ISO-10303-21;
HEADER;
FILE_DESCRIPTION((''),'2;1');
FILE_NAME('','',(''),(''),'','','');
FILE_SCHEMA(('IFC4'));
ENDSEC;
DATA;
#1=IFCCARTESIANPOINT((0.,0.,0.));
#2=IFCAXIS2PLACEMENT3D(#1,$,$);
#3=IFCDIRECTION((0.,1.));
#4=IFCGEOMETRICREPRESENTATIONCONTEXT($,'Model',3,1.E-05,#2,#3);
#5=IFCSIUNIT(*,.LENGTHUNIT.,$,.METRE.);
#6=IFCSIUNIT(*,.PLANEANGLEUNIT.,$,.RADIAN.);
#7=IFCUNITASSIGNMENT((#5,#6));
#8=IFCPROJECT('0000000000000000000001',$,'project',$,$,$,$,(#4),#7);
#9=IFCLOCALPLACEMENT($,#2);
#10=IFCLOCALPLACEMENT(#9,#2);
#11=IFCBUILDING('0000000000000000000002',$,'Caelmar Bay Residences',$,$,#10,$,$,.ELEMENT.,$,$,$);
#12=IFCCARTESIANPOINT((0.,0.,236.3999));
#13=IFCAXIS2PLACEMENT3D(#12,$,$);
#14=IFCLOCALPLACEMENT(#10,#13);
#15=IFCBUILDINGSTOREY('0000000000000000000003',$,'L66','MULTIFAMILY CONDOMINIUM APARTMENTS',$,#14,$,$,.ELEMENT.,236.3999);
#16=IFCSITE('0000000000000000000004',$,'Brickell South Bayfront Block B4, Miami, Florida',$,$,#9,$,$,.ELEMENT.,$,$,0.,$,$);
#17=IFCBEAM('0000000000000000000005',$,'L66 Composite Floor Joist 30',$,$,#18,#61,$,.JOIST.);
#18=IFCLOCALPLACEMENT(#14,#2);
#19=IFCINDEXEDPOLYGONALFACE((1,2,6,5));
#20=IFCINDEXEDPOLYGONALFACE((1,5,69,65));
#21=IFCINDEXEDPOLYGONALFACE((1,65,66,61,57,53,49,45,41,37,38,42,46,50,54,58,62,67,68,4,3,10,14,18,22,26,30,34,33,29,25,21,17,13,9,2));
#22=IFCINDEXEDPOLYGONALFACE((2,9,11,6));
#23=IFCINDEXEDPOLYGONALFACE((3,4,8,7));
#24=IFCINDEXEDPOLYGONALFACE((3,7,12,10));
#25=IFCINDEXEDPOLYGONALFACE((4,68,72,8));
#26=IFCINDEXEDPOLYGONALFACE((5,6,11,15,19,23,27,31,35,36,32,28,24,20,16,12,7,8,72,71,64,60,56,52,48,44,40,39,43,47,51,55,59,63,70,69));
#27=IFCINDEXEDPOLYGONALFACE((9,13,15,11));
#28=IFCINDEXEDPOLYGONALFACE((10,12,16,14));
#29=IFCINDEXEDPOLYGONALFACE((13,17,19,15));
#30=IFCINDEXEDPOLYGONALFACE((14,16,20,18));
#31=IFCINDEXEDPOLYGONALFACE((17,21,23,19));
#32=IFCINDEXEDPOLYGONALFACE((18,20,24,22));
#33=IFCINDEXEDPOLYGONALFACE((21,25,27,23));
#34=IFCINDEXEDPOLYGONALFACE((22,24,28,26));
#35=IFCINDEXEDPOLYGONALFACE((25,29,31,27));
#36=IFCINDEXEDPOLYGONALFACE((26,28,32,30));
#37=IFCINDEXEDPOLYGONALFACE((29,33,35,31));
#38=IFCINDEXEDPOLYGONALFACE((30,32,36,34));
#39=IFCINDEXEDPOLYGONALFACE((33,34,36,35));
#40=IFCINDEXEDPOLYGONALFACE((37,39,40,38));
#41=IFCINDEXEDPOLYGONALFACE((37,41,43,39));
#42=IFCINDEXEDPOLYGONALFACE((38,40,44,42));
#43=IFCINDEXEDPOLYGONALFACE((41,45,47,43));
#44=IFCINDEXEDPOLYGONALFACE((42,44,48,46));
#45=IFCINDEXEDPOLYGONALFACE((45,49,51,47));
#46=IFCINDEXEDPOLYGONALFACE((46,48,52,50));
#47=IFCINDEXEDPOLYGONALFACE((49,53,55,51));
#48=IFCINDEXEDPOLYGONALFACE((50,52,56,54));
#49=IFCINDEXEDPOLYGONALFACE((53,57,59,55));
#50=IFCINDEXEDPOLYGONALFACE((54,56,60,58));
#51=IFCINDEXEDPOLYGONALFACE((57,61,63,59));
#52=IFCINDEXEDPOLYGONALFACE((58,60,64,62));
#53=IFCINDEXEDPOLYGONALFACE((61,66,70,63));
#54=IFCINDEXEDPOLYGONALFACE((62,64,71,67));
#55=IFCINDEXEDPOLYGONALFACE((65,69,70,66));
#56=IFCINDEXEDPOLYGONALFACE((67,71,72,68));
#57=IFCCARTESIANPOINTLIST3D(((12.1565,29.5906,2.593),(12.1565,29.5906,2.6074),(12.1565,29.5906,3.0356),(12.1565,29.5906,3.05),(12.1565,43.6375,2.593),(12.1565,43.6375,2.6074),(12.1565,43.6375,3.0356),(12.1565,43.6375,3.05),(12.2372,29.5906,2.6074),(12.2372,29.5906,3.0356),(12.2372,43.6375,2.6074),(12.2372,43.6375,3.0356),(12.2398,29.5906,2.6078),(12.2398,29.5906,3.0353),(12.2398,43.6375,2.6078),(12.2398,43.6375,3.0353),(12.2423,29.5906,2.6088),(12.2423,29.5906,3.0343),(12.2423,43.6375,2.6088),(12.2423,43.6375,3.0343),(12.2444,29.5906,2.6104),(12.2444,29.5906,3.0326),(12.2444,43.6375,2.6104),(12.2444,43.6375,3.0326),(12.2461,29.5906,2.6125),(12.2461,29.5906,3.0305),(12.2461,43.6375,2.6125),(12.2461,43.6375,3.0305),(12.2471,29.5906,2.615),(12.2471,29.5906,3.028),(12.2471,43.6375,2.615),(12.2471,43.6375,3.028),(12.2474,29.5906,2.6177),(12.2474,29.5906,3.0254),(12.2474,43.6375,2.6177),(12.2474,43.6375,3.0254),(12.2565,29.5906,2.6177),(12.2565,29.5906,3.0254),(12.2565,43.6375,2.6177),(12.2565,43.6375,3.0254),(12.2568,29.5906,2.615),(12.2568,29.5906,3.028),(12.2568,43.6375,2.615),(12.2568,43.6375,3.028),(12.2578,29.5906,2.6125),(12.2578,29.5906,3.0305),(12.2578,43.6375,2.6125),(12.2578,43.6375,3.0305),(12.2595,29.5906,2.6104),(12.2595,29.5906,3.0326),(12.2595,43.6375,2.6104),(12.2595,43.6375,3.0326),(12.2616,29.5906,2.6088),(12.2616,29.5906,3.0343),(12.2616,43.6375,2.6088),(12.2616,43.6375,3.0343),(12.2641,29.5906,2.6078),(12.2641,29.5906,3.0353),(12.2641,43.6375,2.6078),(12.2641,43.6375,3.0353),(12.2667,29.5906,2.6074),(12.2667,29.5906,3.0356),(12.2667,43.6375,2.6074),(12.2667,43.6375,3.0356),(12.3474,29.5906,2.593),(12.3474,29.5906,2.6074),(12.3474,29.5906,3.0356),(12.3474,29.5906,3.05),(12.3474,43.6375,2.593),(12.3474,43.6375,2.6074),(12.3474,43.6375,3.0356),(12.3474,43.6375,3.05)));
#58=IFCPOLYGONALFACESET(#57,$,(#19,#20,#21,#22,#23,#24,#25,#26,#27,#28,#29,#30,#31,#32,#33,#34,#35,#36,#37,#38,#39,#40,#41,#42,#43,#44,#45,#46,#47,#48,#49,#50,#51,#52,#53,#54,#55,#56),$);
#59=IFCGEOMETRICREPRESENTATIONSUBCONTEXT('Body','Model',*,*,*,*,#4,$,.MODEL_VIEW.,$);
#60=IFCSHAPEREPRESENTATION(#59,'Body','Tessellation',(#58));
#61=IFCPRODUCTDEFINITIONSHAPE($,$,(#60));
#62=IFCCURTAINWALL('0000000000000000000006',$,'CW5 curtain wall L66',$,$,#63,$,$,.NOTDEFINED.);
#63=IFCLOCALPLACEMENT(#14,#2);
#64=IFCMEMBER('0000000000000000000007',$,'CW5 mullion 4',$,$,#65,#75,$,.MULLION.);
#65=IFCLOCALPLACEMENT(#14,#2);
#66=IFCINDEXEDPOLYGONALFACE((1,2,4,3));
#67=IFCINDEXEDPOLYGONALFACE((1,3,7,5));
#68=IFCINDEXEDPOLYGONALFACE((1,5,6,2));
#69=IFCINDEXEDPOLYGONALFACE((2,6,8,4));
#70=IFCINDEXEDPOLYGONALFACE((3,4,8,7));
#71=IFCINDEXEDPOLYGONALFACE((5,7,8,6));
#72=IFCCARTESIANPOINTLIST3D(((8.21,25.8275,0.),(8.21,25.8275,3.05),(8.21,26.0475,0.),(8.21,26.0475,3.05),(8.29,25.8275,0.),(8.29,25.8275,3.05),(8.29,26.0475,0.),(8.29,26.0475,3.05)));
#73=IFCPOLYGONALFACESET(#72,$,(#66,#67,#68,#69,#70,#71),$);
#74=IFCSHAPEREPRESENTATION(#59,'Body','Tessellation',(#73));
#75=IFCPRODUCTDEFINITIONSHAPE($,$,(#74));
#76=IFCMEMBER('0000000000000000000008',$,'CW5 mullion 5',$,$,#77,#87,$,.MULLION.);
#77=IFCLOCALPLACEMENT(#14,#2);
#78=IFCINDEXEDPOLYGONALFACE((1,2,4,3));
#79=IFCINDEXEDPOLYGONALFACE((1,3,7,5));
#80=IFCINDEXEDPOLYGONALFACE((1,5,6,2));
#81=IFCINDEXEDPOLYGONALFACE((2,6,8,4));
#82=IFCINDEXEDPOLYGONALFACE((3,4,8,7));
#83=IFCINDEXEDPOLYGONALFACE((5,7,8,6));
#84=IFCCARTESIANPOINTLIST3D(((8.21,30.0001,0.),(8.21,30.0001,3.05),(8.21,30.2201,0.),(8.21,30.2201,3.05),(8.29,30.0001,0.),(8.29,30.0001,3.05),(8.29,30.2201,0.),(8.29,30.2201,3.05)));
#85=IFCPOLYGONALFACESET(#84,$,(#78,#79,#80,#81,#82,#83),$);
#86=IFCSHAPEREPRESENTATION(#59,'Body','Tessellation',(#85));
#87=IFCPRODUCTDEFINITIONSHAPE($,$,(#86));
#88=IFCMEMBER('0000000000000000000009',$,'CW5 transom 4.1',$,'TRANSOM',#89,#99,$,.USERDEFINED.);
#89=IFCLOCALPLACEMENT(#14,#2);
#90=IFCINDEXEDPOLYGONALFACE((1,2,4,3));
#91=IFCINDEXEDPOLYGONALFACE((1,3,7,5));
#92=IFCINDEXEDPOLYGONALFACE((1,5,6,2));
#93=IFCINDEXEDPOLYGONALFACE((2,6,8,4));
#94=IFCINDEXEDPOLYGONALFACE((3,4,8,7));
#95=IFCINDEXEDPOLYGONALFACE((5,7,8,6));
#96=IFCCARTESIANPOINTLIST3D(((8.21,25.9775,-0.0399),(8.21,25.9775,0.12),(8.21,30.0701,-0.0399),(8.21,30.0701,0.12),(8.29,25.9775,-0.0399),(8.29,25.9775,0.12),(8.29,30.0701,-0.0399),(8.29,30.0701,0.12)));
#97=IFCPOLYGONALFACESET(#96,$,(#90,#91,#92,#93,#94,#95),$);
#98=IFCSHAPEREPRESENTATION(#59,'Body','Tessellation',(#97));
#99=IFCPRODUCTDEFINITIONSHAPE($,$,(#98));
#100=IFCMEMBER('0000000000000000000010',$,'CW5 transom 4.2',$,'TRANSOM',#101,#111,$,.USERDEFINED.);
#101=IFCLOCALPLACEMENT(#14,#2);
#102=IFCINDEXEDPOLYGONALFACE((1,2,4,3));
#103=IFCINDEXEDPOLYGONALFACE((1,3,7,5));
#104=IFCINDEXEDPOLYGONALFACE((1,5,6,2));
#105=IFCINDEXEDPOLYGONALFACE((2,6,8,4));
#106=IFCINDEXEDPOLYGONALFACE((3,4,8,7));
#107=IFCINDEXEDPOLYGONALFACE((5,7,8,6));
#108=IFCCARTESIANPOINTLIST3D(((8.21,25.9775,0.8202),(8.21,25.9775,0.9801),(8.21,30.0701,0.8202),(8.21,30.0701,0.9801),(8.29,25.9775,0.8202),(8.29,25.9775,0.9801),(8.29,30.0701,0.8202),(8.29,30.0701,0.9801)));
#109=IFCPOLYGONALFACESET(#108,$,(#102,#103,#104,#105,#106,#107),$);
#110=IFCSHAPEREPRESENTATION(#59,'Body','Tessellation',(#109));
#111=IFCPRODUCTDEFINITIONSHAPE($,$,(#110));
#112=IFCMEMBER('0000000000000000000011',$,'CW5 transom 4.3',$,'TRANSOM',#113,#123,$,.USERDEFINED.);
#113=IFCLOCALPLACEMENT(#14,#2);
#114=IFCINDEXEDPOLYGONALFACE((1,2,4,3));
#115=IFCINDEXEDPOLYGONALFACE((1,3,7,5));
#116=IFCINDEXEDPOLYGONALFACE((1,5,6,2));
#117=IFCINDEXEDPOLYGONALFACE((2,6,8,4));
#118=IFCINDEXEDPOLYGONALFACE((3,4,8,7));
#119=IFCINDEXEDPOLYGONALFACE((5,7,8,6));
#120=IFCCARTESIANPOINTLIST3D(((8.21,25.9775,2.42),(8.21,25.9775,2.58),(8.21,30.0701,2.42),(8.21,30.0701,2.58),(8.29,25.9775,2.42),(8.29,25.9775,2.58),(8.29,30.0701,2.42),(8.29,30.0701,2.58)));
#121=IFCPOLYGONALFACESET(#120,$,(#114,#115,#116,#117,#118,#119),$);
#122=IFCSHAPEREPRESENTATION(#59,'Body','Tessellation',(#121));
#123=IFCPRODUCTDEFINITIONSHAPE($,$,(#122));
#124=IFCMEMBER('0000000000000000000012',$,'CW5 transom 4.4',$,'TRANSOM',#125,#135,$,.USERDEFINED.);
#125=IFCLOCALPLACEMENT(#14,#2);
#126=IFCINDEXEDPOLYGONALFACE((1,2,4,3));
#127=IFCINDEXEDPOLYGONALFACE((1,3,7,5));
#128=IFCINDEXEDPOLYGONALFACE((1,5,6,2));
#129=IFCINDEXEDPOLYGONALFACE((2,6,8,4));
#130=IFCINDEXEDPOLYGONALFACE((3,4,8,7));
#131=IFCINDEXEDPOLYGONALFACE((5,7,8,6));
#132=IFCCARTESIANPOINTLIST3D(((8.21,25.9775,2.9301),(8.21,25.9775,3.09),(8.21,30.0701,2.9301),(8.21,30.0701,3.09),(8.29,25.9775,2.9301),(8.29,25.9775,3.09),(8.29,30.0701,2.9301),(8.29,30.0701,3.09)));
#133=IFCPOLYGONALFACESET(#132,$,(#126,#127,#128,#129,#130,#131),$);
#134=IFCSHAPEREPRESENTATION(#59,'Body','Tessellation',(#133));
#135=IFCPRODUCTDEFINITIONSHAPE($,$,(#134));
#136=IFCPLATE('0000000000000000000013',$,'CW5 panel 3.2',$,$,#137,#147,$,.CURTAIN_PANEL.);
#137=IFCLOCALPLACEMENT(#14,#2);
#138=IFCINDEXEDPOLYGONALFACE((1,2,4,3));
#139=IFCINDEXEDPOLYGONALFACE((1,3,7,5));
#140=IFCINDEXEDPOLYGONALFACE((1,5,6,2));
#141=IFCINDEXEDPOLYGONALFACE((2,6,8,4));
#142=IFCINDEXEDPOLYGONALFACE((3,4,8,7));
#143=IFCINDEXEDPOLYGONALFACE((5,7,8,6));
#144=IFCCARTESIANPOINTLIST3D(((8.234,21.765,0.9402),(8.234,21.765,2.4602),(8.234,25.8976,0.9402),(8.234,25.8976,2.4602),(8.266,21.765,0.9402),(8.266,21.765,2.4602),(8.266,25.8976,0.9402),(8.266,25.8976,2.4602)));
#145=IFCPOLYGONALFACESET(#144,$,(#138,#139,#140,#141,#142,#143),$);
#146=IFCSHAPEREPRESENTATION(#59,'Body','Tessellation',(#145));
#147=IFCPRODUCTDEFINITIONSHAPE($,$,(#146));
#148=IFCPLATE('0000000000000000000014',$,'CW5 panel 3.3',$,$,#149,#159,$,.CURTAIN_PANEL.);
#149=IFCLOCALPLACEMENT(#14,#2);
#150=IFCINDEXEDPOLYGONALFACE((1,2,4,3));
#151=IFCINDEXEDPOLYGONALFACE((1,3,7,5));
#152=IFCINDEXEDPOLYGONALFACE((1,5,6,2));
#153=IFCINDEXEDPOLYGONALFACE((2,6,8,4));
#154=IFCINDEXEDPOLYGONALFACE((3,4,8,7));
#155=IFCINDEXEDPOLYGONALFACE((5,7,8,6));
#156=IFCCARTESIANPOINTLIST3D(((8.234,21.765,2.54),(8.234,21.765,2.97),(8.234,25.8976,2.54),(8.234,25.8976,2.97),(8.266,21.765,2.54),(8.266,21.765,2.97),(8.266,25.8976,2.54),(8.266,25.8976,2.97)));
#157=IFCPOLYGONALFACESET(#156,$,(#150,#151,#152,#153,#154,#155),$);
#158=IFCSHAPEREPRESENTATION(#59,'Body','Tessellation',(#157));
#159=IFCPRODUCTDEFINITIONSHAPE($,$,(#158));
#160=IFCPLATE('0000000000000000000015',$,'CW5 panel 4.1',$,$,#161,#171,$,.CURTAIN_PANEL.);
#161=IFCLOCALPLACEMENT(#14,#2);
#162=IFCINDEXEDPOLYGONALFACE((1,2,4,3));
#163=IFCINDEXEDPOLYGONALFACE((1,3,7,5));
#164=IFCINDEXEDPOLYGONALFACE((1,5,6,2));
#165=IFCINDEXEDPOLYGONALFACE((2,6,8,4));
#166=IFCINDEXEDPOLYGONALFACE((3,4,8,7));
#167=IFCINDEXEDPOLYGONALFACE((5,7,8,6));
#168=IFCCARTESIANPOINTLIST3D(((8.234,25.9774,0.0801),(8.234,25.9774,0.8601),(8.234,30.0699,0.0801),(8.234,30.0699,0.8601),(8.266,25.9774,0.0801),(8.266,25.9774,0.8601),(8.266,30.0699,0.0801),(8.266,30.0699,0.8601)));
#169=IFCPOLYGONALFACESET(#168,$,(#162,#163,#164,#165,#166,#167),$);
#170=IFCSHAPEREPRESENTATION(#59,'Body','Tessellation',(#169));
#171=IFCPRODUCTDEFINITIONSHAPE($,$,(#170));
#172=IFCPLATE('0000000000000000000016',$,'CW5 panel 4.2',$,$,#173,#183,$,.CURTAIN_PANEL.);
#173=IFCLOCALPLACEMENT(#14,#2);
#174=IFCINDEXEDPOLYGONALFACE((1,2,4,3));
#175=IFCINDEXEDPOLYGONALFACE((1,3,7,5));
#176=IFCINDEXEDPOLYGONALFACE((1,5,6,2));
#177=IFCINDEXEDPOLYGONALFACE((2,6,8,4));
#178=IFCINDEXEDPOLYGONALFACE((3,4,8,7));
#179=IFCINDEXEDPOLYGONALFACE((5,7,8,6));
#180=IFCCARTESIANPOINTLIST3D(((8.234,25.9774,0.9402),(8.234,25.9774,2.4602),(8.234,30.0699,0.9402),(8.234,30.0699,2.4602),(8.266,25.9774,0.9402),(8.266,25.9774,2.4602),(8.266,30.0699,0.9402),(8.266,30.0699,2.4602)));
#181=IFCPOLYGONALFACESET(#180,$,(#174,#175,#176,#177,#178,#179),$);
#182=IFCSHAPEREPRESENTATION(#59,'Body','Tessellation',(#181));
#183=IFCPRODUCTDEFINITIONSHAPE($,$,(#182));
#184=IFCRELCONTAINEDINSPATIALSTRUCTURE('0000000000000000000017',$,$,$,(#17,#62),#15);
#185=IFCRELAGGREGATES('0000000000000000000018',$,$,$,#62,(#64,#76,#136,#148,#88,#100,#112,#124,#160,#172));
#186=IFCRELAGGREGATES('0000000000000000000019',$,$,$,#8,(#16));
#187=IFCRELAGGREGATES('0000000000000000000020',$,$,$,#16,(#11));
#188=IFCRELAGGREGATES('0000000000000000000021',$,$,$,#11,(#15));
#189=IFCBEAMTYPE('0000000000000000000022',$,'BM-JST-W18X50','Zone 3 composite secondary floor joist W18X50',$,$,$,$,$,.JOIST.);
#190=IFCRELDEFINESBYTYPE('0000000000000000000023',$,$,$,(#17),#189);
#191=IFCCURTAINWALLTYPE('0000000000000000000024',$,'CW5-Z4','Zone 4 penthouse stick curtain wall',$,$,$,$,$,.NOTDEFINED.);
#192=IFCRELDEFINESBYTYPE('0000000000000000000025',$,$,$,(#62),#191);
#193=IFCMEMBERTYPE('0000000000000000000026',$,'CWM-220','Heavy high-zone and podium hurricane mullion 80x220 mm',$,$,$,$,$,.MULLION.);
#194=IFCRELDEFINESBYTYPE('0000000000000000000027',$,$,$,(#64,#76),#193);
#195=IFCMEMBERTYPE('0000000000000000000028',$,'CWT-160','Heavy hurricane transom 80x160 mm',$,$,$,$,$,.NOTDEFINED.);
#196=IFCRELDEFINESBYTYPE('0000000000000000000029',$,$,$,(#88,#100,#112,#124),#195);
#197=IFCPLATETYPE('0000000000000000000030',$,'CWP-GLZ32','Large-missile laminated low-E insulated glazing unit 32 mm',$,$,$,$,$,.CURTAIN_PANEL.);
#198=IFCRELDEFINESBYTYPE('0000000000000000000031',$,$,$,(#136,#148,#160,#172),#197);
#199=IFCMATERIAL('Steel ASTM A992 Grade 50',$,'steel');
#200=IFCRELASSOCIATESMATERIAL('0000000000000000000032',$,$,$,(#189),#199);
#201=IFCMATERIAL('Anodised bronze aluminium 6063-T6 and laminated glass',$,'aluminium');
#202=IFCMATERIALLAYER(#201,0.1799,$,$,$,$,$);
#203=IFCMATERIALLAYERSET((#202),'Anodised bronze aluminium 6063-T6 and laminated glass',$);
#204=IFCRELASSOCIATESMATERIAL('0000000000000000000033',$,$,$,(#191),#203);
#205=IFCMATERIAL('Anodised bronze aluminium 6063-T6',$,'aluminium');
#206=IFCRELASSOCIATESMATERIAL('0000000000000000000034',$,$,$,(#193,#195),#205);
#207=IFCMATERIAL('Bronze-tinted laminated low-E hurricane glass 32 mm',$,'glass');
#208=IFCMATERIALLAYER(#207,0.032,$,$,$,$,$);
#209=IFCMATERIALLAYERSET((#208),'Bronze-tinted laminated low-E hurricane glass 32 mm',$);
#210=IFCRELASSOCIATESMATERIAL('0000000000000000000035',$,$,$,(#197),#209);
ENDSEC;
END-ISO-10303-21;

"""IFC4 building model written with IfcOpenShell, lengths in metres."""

from ifc_helpers import new_model, si_unit, direction, frame, origin, origin_2d, place, context, subcontext, project, spatial, rectangle, i_section, extrude, material, layer, layer_set, material_profile, profile_set, type_object, element, aggregate, save


model = new_model("IFC4")

# Units and contexts
model_context = context("Model", 3, precision=1e-05, world=origin(), true_north=direction((0.0, 1.0)))
body_context = subcontext(model_context, "Body", "Model", "MODEL_VIEW")
ifc_project = project(units=[si_unit("LENGTHUNIT", "METRE"), si_unit("PLANEANGLEUNIT", "RADIAN")], contexts=[model_context])

# Site, building, storey
site_placement = place(None, origin())
site = spatial("IfcSite", under=ifc_project, at=site_placement, Name="Brickell South Bayfront Block B4, Miami, Florida", CompositionType="ELEMENT", RefElevation=0.0)
building_placement = place(site_placement, origin())
building = spatial("IfcBuilding", under=site, at=building_placement, Name="Caelmar Bay Residences", CompositionType="ELEMENT")
storey_placement = place(building_placement, frame((0.0, 0.0, 236.3999)))
storey = spatial("IfcBuildingStorey", under=building, at=storey_placement, Name="L66", Description="MULTIFAMILY CONDOMINIUM APARTMENTS", CompositionType="ELEMENT", Elevation=236.3999)

# Beam
ifc_material_1 = material(Name="Steel ASTM A992 Grade 50", Category="steel")
ifc_material_profile_1 = material_profile(ifc_material_1, i_section(OverallWidth=0.1909, OverallDepth=0.457, WebThickness=0.009, FlangeThickness=0.0144, FilletRadius=0.0103, at=origin_2d()), Name="W18X50")
ifc_profile_set_1 = profile_set([ifc_material_profile_1], Name="Steel ASTM A992 Grade 50")
beam_type_1 = type_object("IfcBeamType", Name="BM-JST-W18X50", Description="Zone 3 composite secondary floor joist W18X50", PredefinedType="JOIST", material=ifc_profile_set_1)
beam_1_placement = place(storey_placement, frame((12.252, 29.5906, 2.8215), z_axis=(0.0, 1.0, 0.0), x_axis=(-1.0, 0.0, 0.0)))
element("IfcBeam", 1, at=beam_1_placement, inside=storey, type_object=beam_type_1, Name="L66 Composite Floor Joist 30", PredefinedType="JOIST", context=body_context, shape_type="SweptSolid", body=[
    extrude(i_section(OverallWidth=0.1909, OverallDepth=0.457, WebThickness=0.009, FlangeThickness=0.0144, FilletRadius=0.0103, at=origin_2d()), origin(), (0.0, 0.0, 1.0), 14.0469),
])

# Curtain wall, members, plates
ifc_material_2 = material(Name="Anodised bronze aluminium 6063-T6 and laminated glass", Category="aluminium")
ifc_layer_1 = layer(ifc_material_2, 0.1799)
ifc_layer_set_1 = layer_set([ifc_layer_1], Name="Anodised bronze aluminium 6063-T6 and laminated glass")
curtain_wall_type = type_object("IfcCurtainWallType", Name="CW5-Z4", Description="Zone 4 penthouse stick curtain wall", PredefinedType="NOTDEFINED", material=ifc_layer_set_1)
curtain_wall_placement = place(storey_placement, origin())
curtain_wall = element("IfcCurtainWall", 2, at=curtain_wall_placement, inside=storey, type_object=curtain_wall_type, Name="CW5 curtain wall L66", PredefinedType="NOTDEFINED")
ifc_material_3 = material(Name="Anodised bronze aluminium 6063-T6", Category="aluminium")
ifc_material_profile_2 = material_profile(ifc_material_3, rectangle(XDim=0.0801, YDim=0.22, at=origin_2d()), Name="CWM-80X220")
ifc_profile_set_2 = profile_set([ifc_material_profile_2], Name="Anodised bronze aluminium 6063-T6")
member_type_1 = type_object("IfcMemberType", Name="CWM-220", Description="Heavy high-zone and podium hurricane mullion 80x220 mm", PredefinedType="MULLION", material=ifc_profile_set_2)
member_1_placement = place(storey_placement, frame((8.25, 25.9375, 0.0), z_axis=(0.0, 0.0, 1.0), x_axis=(-1.0, 0.0, 0.0)))
member_1 = element("IfcMember", 3, at=member_1_placement, type_object=member_type_1, Name="CW5 mullion 4", PredefinedType="MULLION", context=body_context, shape_type="SweptSolid", body=[
    extrude(rectangle(XDim=0.0801, YDim=0.22, at=origin_2d()), origin(), (0.0, 0.0, 1.0), 3.05),
])
member_2_placement = place(storey_placement, frame((8.25, 30.1101, 0.0), z_axis=(0.0, 0.0, 1.0), x_axis=(-1.0, 0.0, 0.0)))
member_2 = element("IfcMember", 4, at=member_2_placement, type_object=member_type_1, Name="CW5 mullion 5", PredefinedType="MULLION", context=body_context, shape_type="SweptSolid", body=[
    extrude(rectangle(XDim=0.0801, YDim=0.22, at=origin_2d()), origin(), (0.0, 0.0, 1.0), 3.05),
])
ifc_material_profile_3 = material_profile(ifc_material_3, rectangle(XDim=0.0801, YDim=0.1599, at=origin_2d()), Name="CWT-80X160")
ifc_profile_set_3 = profile_set([ifc_material_profile_3], Name="Anodised bronze aluminium 6063-T6")
member_type_2 = type_object("IfcMemberType", Name="CWT-160", Description="Heavy hurricane transom 80x160 mm", PredefinedType="NOTDEFINED", material=ifc_profile_set_3)
member_3_placement = place(storey_placement, frame((8.25, 25.9775, 0.04), z_axis=(0.0, 1.0, 0.0), x_axis=(-1.0, 0.0, 0.0)))
member_3 = element("IfcMember", 5, at=member_3_placement, type_object=member_type_2, Name="CW5 transom 4.1", ObjectType="TRANSOM", PredefinedType="USERDEFINED", context=body_context, shape_type="SweptSolid", body=[
    extrude(rectangle(XDim=0.0801, YDim=0.1599, at=origin_2d()), origin(), (0.0, 0.0, 1.0), 4.0925),
])
member_4_placement = place(storey_placement, frame((8.25, 25.9775, 0.9001), z_axis=(0.0, 1.0, 0.0), x_axis=(-1.0, 0.0, 0.0)))
member_4 = element("IfcMember", 6, at=member_4_placement, type_object=member_type_2, Name="CW5 transom 4.2", ObjectType="TRANSOM", PredefinedType="USERDEFINED", context=body_context, shape_type="SweptSolid", body=[
    extrude(rectangle(XDim=0.0801, YDim=0.1599, at=origin_2d()), origin(), (0.0, 0.0, 1.0), 4.0925),
])
member_5_placement = place(storey_placement, frame((8.25, 25.9775, 2.5), z_axis=(0.0, 1.0, 0.0), x_axis=(-1.0, 0.0, 0.0)))
member_5 = element("IfcMember", 7, at=member_5_placement, type_object=member_type_2, Name="CW5 transom 4.3", ObjectType="TRANSOM", PredefinedType="USERDEFINED", context=body_context, shape_type="SweptSolid", body=[
    extrude(rectangle(XDim=0.0801, YDim=0.1599, at=origin_2d()), origin(), (0.0, 0.0, 1.0), 4.0925),
])
member_6_placement = place(storey_placement, frame((8.25, 25.9775, 3.01), z_axis=(0.0, 1.0, 0.0), x_axis=(-1.0, 0.0, 0.0)))
member_6 = element("IfcMember", 8, at=member_6_placement, type_object=member_type_2, Name="CW5 transom 4.4", ObjectType="TRANSOM", PredefinedType="USERDEFINED", context=body_context, shape_type="SweptSolid", body=[
    extrude(rectangle(XDim=0.0801, YDim=0.1599, at=origin_2d()), origin(), (0.0, 0.0, 1.0), 4.0925),
])
ifc_material_4 = material(Name="Bronze-tinted laminated low-E hurricane glass 32 mm", Category="glass")
ifc_layer_2 = layer(ifc_material_4, 0.032)
ifc_layer_set_2 = layer_set([ifc_layer_2], Name="Bronze-tinted laminated low-E hurricane glass 32 mm")
plate_type = type_object("IfcPlateType", Name="CWP-GLZ32", Description="Large-missile laminated low-E insulated glazing unit 32 mm", PredefinedType="CURTAIN_PANEL", material=ifc_layer_set_2)
plate_1_placement = place(storey_placement, frame((8.25, 23.8313, 0.9402), z_axis=(0.0, 0.0, 1.0), x_axis=(0.0, 1.0, 0.0)))
plate_1 = element("IfcPlate", 9, at=plate_1_placement, type_object=plate_type, Name="CW5 panel 3.2", PredefinedType="CURTAIN_PANEL", context=body_context, shape_type="SweptSolid", body=[
    extrude(rectangle(XDim=4.1326, YDim=0.032, at=origin_2d()), origin(), (0.0, 0.0, 1.0), 1.52),
])
plate_2_placement = place(storey_placement, frame((8.25, 23.8313, 2.54), z_axis=(0.0, 0.0, 1.0), x_axis=(0.0, 1.0, 0.0)))
plate_2 = element("IfcPlate", 10, at=plate_2_placement, type_object=plate_type, Name="CW5 panel 3.3", PredefinedType="CURTAIN_PANEL", context=body_context, shape_type="SweptSolid", body=[
    extrude(rectangle(XDim=4.1326, YDim=0.032, at=origin_2d()), origin(), (0.0, 0.0, 1.0), 0.4299),
])
plate_3_placement = place(storey_placement, frame((8.25, 28.0237, 0.0801), z_axis=(0.0, 0.0, 1.0), x_axis=(0.0, 1.0, 0.0)))
plate_3 = element("IfcPlate", 11, at=plate_3_placement, type_object=plate_type, Name="CW5 panel 4.1", PredefinedType="CURTAIN_PANEL", context=body_context, shape_type="SweptSolid", body=[
    extrude(rectangle(XDim=4.0925, YDim=0.032, at=origin_2d()), origin(), (0.0, 0.0, 1.0), 0.78),
])
plate_4_placement = place(storey_placement, frame((8.25, 28.0237, 0.9402), z_axis=(0.0, 0.0, 1.0), x_axis=(0.0, 1.0, 0.0)))
plate_4 = element("IfcPlate", 12, at=plate_4_placement, type_object=plate_type, Name="CW5 panel 4.2", PredefinedType="CURTAIN_PANEL", context=body_context, shape_type="SweptSolid", body=[
    extrude(rectangle(XDim=4.0925, YDim=0.032, at=origin_2d()), origin(), (0.0, 0.0, 1.0), 1.52),
])
aggregate(curtain_wall, [member_1, member_2, plate_1, plate_2, member_3, member_4, member_5, member_6, plate_3, plate_4])

save(model, "model.ifc")
